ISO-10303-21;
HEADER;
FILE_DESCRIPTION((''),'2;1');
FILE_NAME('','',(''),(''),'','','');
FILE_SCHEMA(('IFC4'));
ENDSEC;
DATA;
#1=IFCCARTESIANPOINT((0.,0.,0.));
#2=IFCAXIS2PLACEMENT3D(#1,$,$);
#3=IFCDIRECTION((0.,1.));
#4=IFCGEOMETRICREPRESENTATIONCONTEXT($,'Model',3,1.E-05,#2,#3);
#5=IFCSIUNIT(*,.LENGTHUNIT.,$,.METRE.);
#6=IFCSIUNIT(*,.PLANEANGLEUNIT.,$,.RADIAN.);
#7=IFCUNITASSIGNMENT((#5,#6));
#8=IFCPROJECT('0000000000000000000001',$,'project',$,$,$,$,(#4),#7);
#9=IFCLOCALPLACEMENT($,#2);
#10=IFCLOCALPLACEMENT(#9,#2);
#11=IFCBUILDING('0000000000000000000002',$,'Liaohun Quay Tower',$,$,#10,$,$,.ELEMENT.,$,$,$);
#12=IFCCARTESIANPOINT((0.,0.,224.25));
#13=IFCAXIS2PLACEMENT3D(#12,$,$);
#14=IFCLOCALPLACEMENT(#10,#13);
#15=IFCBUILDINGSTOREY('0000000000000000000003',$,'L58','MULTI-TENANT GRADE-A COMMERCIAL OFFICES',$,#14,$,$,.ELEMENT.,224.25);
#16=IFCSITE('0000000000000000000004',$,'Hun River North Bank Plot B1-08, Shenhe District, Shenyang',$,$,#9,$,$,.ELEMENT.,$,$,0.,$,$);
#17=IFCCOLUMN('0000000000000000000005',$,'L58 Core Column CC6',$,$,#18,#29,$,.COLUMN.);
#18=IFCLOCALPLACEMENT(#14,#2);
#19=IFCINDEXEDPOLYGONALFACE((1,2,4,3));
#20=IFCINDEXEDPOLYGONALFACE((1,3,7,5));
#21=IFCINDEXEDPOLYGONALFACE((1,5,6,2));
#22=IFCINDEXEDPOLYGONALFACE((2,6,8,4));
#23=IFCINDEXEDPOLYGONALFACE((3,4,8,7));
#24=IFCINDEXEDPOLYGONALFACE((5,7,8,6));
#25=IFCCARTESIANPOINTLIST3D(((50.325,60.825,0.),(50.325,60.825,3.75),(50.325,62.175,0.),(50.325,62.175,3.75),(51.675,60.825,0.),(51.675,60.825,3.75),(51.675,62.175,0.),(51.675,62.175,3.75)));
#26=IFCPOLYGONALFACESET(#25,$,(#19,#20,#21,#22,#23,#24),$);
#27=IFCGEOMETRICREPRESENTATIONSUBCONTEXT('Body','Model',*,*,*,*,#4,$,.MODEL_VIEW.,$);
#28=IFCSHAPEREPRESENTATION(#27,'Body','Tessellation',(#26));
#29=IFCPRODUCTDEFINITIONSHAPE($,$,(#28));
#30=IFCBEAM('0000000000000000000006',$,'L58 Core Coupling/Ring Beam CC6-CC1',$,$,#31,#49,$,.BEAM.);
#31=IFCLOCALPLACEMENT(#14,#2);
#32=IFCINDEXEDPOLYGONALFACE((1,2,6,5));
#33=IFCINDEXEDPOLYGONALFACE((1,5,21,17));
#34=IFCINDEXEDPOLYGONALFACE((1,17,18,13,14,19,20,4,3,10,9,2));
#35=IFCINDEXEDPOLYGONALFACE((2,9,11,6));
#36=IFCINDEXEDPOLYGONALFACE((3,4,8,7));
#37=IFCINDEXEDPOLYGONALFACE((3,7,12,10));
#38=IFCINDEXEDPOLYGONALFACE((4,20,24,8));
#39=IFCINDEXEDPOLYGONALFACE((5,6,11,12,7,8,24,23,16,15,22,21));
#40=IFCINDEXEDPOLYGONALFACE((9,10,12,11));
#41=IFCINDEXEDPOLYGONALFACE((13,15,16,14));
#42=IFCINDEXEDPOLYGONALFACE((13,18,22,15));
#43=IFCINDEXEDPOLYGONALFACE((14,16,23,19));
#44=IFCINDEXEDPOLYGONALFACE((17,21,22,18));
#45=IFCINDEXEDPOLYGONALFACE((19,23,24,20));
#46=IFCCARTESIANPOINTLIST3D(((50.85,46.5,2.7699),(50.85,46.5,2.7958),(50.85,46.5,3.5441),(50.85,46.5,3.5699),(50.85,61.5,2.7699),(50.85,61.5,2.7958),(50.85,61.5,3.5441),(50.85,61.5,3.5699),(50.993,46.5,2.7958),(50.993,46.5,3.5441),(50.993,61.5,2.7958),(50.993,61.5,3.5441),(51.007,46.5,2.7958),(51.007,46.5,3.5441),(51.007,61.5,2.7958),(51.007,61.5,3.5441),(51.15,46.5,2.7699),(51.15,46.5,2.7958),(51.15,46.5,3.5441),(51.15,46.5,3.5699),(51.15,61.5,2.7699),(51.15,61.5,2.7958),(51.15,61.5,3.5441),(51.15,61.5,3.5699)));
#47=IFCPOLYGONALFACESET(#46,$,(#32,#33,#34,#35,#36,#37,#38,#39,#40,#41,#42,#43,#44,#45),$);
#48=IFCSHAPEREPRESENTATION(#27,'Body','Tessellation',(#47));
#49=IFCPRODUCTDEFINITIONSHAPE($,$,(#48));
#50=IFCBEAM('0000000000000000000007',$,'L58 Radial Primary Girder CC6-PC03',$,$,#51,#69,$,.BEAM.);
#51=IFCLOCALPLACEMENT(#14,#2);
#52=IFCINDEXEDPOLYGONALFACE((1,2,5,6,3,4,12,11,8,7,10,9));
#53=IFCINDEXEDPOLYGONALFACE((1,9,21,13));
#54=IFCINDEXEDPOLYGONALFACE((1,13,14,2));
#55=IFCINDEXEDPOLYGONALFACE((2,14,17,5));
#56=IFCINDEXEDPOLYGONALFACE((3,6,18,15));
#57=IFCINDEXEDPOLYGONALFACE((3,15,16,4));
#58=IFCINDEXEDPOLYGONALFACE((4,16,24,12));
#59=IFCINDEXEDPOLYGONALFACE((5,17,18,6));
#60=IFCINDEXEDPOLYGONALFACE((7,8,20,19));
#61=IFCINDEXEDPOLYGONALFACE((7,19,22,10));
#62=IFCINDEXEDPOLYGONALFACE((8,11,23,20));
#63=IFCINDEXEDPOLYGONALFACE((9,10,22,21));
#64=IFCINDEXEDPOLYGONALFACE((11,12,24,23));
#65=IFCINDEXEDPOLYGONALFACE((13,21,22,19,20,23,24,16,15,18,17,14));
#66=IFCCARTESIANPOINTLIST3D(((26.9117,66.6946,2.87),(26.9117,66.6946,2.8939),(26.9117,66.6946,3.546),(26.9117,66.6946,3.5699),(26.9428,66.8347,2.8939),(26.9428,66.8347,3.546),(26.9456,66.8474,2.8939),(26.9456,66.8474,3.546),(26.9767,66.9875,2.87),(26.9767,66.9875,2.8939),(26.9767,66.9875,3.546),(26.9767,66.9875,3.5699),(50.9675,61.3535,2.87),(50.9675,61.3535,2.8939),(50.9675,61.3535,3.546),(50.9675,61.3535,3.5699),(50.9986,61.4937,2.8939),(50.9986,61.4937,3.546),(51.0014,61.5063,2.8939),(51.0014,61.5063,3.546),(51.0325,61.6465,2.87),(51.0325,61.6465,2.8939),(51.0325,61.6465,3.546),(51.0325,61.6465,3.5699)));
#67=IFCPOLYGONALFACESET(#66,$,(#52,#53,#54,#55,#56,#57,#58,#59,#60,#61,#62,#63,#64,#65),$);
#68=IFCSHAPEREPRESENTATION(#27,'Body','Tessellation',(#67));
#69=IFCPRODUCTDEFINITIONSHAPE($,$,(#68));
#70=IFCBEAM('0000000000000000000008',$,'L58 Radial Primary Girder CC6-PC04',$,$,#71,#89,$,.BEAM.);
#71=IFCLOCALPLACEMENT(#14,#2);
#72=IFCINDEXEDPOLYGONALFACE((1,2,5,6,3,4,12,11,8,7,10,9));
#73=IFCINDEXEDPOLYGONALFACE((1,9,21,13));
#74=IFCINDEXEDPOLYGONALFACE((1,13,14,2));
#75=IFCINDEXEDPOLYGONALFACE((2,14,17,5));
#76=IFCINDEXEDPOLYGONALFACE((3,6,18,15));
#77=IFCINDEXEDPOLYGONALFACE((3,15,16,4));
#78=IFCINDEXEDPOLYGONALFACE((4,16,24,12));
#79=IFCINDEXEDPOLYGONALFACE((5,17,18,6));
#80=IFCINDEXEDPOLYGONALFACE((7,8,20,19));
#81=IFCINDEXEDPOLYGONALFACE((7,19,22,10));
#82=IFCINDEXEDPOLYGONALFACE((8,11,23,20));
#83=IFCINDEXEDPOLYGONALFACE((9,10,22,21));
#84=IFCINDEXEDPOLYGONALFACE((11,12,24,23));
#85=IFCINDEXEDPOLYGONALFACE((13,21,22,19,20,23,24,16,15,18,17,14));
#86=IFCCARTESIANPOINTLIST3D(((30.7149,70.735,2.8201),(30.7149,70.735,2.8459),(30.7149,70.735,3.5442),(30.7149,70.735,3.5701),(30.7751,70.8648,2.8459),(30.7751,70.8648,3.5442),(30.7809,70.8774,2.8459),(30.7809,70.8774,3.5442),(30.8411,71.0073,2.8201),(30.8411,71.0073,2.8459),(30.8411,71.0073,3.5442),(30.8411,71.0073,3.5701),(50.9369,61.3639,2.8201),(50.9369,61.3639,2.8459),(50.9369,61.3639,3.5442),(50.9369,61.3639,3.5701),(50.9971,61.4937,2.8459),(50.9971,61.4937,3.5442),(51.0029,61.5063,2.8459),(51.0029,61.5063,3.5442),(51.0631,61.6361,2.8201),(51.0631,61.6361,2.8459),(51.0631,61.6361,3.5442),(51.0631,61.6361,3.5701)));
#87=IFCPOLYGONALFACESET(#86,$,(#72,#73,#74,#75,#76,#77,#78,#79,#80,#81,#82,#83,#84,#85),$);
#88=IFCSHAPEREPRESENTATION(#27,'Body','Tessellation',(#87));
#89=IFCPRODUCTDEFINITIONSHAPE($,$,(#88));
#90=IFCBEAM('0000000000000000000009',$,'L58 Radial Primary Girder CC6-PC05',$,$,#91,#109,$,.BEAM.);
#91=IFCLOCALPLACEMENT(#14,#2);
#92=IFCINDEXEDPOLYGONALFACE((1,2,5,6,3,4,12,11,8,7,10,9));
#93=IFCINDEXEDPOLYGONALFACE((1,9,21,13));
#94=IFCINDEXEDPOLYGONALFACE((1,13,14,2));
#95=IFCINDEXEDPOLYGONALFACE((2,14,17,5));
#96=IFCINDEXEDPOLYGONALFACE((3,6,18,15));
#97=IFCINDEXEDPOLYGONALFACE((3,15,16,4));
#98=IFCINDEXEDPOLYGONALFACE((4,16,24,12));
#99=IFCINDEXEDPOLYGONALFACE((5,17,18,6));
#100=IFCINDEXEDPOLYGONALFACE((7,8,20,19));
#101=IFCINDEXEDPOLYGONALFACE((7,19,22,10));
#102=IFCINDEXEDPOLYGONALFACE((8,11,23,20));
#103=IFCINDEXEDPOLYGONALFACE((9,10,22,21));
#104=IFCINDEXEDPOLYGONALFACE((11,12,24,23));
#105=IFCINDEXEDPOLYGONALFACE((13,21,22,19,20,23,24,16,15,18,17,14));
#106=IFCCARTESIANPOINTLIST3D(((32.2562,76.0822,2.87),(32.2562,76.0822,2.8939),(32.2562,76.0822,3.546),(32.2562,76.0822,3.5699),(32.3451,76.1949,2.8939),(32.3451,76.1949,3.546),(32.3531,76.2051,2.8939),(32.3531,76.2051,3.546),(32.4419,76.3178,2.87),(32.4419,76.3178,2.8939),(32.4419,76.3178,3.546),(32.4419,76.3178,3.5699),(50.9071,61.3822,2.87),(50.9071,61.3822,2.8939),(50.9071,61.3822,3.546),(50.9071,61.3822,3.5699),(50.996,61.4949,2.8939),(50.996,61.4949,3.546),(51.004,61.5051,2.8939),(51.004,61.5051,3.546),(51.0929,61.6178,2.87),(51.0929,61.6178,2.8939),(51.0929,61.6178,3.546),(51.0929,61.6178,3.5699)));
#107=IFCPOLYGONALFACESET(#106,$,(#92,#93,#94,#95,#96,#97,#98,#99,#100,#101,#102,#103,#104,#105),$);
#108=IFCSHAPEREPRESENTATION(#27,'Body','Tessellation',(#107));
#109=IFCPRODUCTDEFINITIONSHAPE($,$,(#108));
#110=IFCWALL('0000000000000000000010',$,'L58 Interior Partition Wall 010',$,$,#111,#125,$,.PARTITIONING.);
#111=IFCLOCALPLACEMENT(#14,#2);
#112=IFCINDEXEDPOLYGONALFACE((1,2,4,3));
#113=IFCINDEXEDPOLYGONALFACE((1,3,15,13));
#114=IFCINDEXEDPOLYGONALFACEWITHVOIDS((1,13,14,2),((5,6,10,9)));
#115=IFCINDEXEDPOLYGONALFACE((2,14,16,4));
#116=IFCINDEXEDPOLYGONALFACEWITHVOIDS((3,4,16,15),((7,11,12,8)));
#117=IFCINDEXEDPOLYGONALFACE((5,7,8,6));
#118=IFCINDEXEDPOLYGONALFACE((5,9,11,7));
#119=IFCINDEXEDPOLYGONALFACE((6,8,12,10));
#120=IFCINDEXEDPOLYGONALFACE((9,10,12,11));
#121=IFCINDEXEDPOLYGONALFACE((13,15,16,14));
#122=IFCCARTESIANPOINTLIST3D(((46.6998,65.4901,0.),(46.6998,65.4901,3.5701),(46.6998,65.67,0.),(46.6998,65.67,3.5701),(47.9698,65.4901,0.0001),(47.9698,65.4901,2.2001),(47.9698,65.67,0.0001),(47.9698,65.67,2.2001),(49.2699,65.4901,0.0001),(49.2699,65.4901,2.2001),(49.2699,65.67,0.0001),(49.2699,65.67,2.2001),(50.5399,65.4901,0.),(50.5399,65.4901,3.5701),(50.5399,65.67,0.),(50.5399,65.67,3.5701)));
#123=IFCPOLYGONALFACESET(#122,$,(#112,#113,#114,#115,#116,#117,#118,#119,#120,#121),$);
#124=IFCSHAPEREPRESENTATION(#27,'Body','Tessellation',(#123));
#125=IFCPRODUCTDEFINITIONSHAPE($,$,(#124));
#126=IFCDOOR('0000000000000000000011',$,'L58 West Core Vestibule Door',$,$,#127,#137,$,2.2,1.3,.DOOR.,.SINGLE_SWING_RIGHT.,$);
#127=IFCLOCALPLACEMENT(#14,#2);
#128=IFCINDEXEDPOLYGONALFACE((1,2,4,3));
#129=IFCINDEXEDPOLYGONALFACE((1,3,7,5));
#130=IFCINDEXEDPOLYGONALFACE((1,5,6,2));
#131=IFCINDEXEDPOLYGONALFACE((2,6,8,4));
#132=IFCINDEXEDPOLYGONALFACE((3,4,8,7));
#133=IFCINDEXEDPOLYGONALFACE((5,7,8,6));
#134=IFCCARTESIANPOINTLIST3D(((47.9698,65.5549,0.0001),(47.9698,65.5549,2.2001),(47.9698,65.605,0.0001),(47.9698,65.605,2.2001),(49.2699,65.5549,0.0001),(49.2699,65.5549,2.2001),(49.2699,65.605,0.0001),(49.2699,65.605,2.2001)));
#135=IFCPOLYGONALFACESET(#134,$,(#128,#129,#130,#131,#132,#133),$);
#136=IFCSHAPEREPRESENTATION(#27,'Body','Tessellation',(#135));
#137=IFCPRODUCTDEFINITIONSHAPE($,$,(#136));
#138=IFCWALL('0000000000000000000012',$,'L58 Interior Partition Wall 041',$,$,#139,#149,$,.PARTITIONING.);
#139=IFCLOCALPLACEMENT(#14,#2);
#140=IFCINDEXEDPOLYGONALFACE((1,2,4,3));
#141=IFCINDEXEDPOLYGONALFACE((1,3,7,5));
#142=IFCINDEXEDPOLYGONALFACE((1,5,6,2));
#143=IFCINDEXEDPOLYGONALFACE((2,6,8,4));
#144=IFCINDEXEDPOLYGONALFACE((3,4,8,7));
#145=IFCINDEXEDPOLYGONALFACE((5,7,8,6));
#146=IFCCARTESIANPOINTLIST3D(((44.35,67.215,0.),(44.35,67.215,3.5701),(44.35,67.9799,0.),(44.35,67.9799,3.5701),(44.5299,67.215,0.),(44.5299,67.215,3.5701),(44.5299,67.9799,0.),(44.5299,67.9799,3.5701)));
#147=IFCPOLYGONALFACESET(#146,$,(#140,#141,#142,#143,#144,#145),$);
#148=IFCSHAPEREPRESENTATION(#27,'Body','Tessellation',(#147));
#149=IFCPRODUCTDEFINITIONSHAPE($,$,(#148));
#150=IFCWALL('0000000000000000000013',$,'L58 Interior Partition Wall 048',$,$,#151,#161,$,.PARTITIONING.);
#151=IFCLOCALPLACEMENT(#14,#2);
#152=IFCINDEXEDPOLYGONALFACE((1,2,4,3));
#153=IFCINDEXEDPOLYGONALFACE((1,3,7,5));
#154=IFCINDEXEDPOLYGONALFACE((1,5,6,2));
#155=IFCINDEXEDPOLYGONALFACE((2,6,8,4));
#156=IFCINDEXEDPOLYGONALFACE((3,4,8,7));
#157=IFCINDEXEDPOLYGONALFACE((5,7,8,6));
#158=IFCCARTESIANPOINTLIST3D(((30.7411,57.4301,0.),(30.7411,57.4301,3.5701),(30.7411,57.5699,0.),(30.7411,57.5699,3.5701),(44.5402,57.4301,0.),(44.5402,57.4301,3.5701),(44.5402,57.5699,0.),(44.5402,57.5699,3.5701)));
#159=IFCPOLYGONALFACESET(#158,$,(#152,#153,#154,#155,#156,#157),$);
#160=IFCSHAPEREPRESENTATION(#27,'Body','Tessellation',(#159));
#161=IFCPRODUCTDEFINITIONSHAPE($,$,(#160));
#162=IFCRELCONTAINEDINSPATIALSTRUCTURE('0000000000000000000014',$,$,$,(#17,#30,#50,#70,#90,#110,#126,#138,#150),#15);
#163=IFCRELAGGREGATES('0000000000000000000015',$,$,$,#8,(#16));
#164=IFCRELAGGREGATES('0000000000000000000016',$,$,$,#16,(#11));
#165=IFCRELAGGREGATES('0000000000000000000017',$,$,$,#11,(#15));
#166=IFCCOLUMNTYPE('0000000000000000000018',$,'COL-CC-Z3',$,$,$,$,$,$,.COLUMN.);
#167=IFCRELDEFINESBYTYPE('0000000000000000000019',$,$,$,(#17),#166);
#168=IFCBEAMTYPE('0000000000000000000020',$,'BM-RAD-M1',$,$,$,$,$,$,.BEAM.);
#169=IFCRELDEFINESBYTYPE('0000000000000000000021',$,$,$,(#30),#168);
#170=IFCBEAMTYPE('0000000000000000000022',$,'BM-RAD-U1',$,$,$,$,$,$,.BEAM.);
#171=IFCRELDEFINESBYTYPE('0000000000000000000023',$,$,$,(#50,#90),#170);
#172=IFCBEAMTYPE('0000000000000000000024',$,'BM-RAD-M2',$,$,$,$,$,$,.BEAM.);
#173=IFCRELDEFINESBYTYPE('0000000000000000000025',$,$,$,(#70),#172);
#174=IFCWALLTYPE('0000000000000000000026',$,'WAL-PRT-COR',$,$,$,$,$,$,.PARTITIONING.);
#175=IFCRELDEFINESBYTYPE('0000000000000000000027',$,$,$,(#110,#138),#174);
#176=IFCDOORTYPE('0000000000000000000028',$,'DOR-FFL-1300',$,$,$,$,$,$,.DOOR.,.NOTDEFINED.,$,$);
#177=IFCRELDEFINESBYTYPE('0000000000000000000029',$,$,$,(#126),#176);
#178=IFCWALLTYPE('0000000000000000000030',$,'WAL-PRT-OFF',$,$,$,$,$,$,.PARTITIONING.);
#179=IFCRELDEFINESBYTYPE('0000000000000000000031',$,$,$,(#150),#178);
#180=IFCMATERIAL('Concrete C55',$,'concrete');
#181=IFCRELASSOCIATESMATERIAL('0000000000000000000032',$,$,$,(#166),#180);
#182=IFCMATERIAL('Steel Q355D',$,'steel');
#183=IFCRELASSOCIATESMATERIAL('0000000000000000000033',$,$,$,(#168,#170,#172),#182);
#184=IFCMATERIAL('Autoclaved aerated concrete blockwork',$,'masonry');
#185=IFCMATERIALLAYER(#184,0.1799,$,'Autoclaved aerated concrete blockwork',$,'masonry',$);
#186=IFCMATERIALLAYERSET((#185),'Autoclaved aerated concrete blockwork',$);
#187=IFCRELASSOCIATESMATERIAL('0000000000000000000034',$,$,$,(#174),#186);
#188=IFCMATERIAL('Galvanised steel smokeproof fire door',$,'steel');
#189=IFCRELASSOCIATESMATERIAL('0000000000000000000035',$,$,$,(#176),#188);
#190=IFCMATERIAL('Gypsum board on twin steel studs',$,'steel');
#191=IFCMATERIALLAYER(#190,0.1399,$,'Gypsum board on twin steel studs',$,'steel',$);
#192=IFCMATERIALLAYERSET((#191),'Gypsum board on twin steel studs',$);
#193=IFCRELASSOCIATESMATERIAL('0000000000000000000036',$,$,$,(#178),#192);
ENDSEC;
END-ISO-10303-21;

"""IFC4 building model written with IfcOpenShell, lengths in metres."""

from ifc_helpers import new_model, si_unit, direction, frame, frame_2d, origin, origin_2d, place, context, subcontext, project, spatial, rectangle, i_section, extrude, source, transform, mapped, material, layer, layer_set, material_profile, profile_set, type_object, element, fill, save


model = new_model("IFC4")

# Units and contexts
model_context = context("Model", 3, precision=1e-05, world=origin(), true_north=direction((0.0, 1.0)))
body_context = subcontext(model_context, "Body", "Model", "MODEL_VIEW")
ifc_project = project(units=[si_unit("LENGTHUNIT", "METRE"), si_unit("PLANEANGLEUNIT", "RADIAN")], contexts=[model_context])

# Site, building, storey
site_placement = place(None, origin())
site = spatial("IfcSite", under=ifc_project, at=site_placement, Name="Hun River North Bank Plot B1-08, Shenhe District, Shenyang", CompositionType="ELEMENT", RefElevation=0.0)
building_placement = place(site_placement, origin())
building = spatial("IfcBuilding", under=site, at=building_placement, Name="Liaohun Quay Tower", CompositionType="ELEMENT")
storey_placement = place(building_placement, frame((0.0, 0.0, 224.25)))
storey = spatial("IfcBuildingStorey", under=building, at=storey_placement, Name="L58", Description="MULTI-TENANT GRADE-A COMMERCIAL OFFICES", CompositionType="ELEMENT", Elevation=224.25)

# Column
ifc_material_1 = material(Name="Concrete C55", Category="concrete")
ifc_material_profile_1 = material_profile(ifc_material_1, rectangle(XDim=1.3501, YDim=1.3501, at=origin_2d()), Name="RC1350x1350")
ifc_profile_set_1 = profile_set([ifc_material_profile_1], Name="Concrete C55")
column_type = type_object("IfcColumnType", Name="COL-CC-Z3", PredefinedType="COLUMN", material=ifc_profile_set_1)
shared_shape_1 = source(origin(), body_context, "Body", "SweptSolid", [
    extrude(rectangle(XDim=1.3501, YDim=1.3501, at=origin_2d()), origin(), (0.0, 0.0, 1.0), 3.75),
])
column_placement = place(storey_placement, frame((51.0, 61.5, 0.0), z_axis=(0.0, 0.0, 1.0), x_axis=(1.0, 0.0, 0.0)))
element("IfcColumn", 1, at=column_placement, inside=storey, type_object=column_type, Name="L58 Core Column CC6", PredefinedType="COLUMN", context=body_context, shape_type="MappedRepresentation", body=[
    mapped(shared_shape_1, transform((0.0, 0.0, 0.0), x_axis=(1.0, 0.0, 0.0), y_axis=(0.0, 1.0, 0.0), z_axis=(0.0, 0.0, 1.0), scale=1.0)),
])

# Beams
ifc_material_2 = material(Name="Steel Q355D", Category="steel")
ifc_material_profile_2 = material_profile(ifc_material_2, i_section(OverallWidth=0.3, OverallDepth=0.8, WebThickness=0.0139, FlangeThickness=0.0259, at=origin_2d()), Name="HN800x300x14x26")
ifc_profile_set_2 = profile_set([ifc_material_profile_2], Name="Steel Q355D")
beam_type_1 = type_object("IfcBeamType", Name="BM-RAD-M1", PredefinedType="BEAM", material=ifc_profile_set_2)
shared_shape_2 = source(origin(), body_context, "Body", "SweptSolid", [
    extrude(i_section(OverallWidth=0.3, OverallDepth=0.8, WebThickness=0.0139, FlangeThickness=0.0259, at=origin_2d()), origin(), (0.0, 0.0, 1.0), 15.0),
])
beam_1_placement = place(storey_placement, frame((51.0, 61.5, 3.1699), z_axis=(0.0, -1.0, 0.0), x_axis=(1.0, 0.0, 0.0)))
element("IfcBeam", 2, at=beam_1_placement, inside=storey, type_object=beam_type_1, Name="L58 Core Coupling/Ring Beam CC6-CC1", PredefinedType="BEAM", context=body_context, shape_type="MappedRepresentation", body=[
    mapped(shared_shape_2, transform((0.0, 0.0, 0.0), x_axis=(1.0, 0.0, 0.0), y_axis=(0.0, 1.0, 0.0), z_axis=(0.0, 0.0, 1.0), scale=1.0)),
])
ifc_material_profile_3 = material_profile(ifc_material_2, i_section(OverallWidth=0.3, OverallDepth=0.7, WebThickness=0.0129, FlangeThickness=0.0239, at=origin_2d()), Name="HN700x300x13x24")
ifc_profile_set_3 = profile_set([ifc_material_profile_3], Name="Steel Q355D")
beam_type_2 = type_object("IfcBeamType", Name="BM-RAD-U1", PredefinedType="BEAM", material=ifc_profile_set_3)
shared_shape_3 = source(origin(), body_context, "Body", "SweptSolid", [
    extrude(i_section(OverallWidth=0.3, OverallDepth=0.7, WebThickness=0.0129, FlangeThickness=0.0239, at=origin_2d()), origin(), (0.0, 0.0, 1.0), 24.6416),
])
beam_2_placement = place(storey_placement, frame((51.0, 61.5, 3.22), z_axis=(-0.976227, 0.216749, 0.0), x_axis=(-0.216749, -0.976227, 0.0)))
element("IfcBeam", 3, at=beam_2_placement, inside=storey, type_object=beam_type_2, Name="L58 Radial Primary Girder CC6-PC03", PredefinedType="BEAM", context=body_context, shape_type="MappedRepresentation", body=[
    mapped(shared_shape_3, transform((0.0, 0.0, 0.0), x_axis=(1.0, 0.0, 0.0), y_axis=(0.0, 1.0, 0.0), z_axis=(0.0, 0.0, 1.0), scale=1.0)),
])
ifc_material_profile_4 = material_profile(ifc_material_2, i_section(OverallWidth=0.3, OverallDepth=0.75, WebThickness=0.0139, FlangeThickness=0.0259, at=origin_2d()), Name="HN750x300x14x26")
ifc_profile_set_4 = profile_set([ifc_material_profile_4], Name="Steel Q355D")
beam_type_3 = type_object("IfcBeamType", Name="BM-RAD-M2", PredefinedType="BEAM", material=ifc_profile_set_4)
shared_shape_4 = source(origin(), body_context, "Body", "SweptSolid", [
    extrude(i_section(OverallWidth=0.3, OverallDepth=0.75, WebThickness=0.0139, FlangeThickness=0.0259, at=origin_2d()), origin(), (0.0, 0.0, 1.0), 22.2878),
])
beam_3_placement = place(storey_placement, frame((51.0, 61.5, 3.1951), z_axis=(-0.907311, 0.420459, 0.0), x_axis=(-0.420459, -0.907311, 0.0)))
element("IfcBeam", 4, at=beam_3_placement, inside=storey, type_object=beam_type_3, Name="L58 Radial Primary Girder CC6-PC04", PredefinedType="BEAM", context=body_context, shape_type="MappedRepresentation", body=[
    mapped(shared_shape_4, transform((0.0, 0.0, 0.0), x_axis=(1.0, 0.0, 0.0), y_axis=(0.0, 1.0, 0.0), z_axis=(0.0, 0.0, 1.0), scale=1.0)),
])
shared_shape_5 = source(origin(), body_context, "Body", "SweptSolid", [
    extrude(i_section(OverallWidth=0.3, OverallDepth=0.7, WebThickness=0.0129, FlangeThickness=0.0239, at=origin_2d()), origin(), (0.0, 0.0, 1.0), 23.7476),
])
beam_4_placement = place(storey_placement, frame((51.0, 61.5, 3.22), z_axis=(-0.785383, 0.61901, 0.0), x_axis=(-0.61901, -0.785383, 0.0)))
element("IfcBeam", 5, at=beam_4_placement, inside=storey, type_object=beam_type_2, Name="L58 Radial Primary Girder CC6-PC05", PredefinedType="BEAM", context=body_context, shape_type="MappedRepresentation", body=[
    mapped(shared_shape_5, transform((0.0, 0.0, 0.0), x_axis=(1.0, 0.0, 0.0), y_axis=(0.0, 1.0, 0.0), z_axis=(0.0, 0.0, 1.0), scale=1.0)),
])

# Wall, opening, door
ifc_material_3 = material(Name="Autoclaved aerated concrete blockwork", Category="masonry")
ifc_layer_1 = layer(ifc_material_3, 0.1799, Name="Autoclaved aerated concrete blockwork", Category="masonry")
ifc_layer_set_1 = layer_set([ifc_layer_1], Name="Autoclaved aerated concrete blockwork")
wall_type_1 = type_object("IfcWallType", Name="WAL-PRT-COR", PredefinedType="PARTITIONING", material=ifc_layer_set_1)
wall_1_placement = place(storey_placement, frame((46.7, 65.5801, 0.0), z_axis=(0.0, 0.0, 1.0), x_axis=(1.0, 0.0, 0.0)))
wall_1 = element("IfcWall", 6, at=wall_1_placement, inside=storey, type_object=wall_type_1, Name="L58 Interior Partition Wall 010", PredefinedType="PARTITIONING", context=body_context, shape_type="SweptSolid", body=[
    extrude(rectangle(XDim=3.8401, YDim=0.1799, at=frame_2d((1.9199, 0.0))), origin(), (0.0, 0.0, 1.0), 3.5701),
])
shared_shape_6 = source(origin(), body_context, "Body", "SweptSolid", [
    extrude(rectangle(XDim=1.3, YDim=2.2, at=frame_2d((0.6499, 1.1001))), frame((0.0, 0.0999, 0.0), z_axis=(0.0, -1.0, 0.0), x_axis=(1.0, 0.0, 0.0)), (0.0, 0.0, 1.0), 0.2),
])
opening_1_placement = place(wall_1_placement, frame((1.27, 0.0, 0.0)))
opening_1 = element("IfcOpeningElement", 7, at=opening_1_placement, cuts=wall_1, PredefinedType="OPENING", context=body_context, shape_type="MappedRepresentation", body=[
    mapped(shared_shape_6, transform((0.0, 0.0, 0.0), x_axis=(1.0, 0.0, 0.0), y_axis=(0.0, 1.0, 0.0), z_axis=(0.0, 0.0, 1.0), scale=1.0)),
])
ifc_material_4 = material(Name="Galvanised steel smokeproof fire door", Category="steel")
door_type_1 = type_object("IfcDoorType", Name="DOR-FFL-1300", OperationType="NOTDEFINED", PredefinedType="DOOR", material=ifc_material_4)
shared_shape_7 = source(origin(), body_context, "Body", "SweptSolid", [
    extrude(rectangle(XDim=1.3, YDim=2.2, at=frame_2d((0.6499, 1.1001))), frame((0.0, 0.0249, 0.0), z_axis=(0.0, -1.0, 0.0), x_axis=(1.0, 0.0, 0.0)), (0.0, 0.0, 1.0), 0.05),
])
door_1_placement = place(opening_1_placement, origin())
door_1 = element("IfcDoor", 8, at=door_1_placement, inside=storey, type_object=door_type_1, Name="L58 West Core Vestibule Door", OperationType="SINGLE_SWING_RIGHT", OverallHeight=2.2, OverallWidth=1.3, PredefinedType="DOOR", context=body_context, shape_type="MappedRepresentation", body=[
    mapped(shared_shape_7, transform((0.0, 0.0, 0.0), x_axis=(1.0, 0.0, 0.0), y_axis=(0.0, 1.0, 0.0), z_axis=(0.0, 0.0, 1.0), scale=1.0)),
])
fill(opening_1, door_1)

# Walls
wall_2_placement = place(storey_placement, frame((44.4399, 67.2151, 0.0), z_axis=(0.0, 0.0, 1.0), x_axis=(0.0, 1.0, 0.0)))
element("IfcWall", 9, at=wall_2_placement, inside=storey, type_object=wall_type_1, Name="L58 Interior Partition Wall 041", PredefinedType="PARTITIONING", context=body_context, shape_type="SweptSolid", body=[
    extrude(rectangle(XDim=0.7649, YDim=0.1799, at=frame_2d((0.3823, 0.0))), origin(), (0.0, 0.0, 1.0), 3.5701),
])
ifc_material_5 = material(Name="Gypsum board on twin steel studs", Category="steel")
ifc_layer_2 = layer(ifc_material_5, 0.1399, Name="Gypsum board on twin steel studs", Category="steel")
ifc_layer_set_2 = layer_set([ifc_layer_2], Name="Gypsum board on twin steel studs")
wall_type_2 = type_object("IfcWallType", Name="WAL-PRT-OFF", PredefinedType="PARTITIONING", material=ifc_layer_set_2)
wall_3_placement = place(storey_placement, frame((44.54, 57.5, 0.0), z_axis=(0.0, 0.0, 1.0), x_axis=(-1.0, 0.0, 0.0)))
element("IfcWall", 10, at=wall_3_placement, inside=storey, type_object=wall_type_2, Name="L58 Interior Partition Wall 048", PredefinedType="PARTITIONING", context=body_context, shape_type="SweptSolid", body=[
    extrude(rectangle(XDim=13.7991, YDim=0.1399, at=frame_2d((6.8994, 0.0))), origin(), (0.0, 0.0, 1.0), 3.5701),
])

save(model, "model.ifc")
